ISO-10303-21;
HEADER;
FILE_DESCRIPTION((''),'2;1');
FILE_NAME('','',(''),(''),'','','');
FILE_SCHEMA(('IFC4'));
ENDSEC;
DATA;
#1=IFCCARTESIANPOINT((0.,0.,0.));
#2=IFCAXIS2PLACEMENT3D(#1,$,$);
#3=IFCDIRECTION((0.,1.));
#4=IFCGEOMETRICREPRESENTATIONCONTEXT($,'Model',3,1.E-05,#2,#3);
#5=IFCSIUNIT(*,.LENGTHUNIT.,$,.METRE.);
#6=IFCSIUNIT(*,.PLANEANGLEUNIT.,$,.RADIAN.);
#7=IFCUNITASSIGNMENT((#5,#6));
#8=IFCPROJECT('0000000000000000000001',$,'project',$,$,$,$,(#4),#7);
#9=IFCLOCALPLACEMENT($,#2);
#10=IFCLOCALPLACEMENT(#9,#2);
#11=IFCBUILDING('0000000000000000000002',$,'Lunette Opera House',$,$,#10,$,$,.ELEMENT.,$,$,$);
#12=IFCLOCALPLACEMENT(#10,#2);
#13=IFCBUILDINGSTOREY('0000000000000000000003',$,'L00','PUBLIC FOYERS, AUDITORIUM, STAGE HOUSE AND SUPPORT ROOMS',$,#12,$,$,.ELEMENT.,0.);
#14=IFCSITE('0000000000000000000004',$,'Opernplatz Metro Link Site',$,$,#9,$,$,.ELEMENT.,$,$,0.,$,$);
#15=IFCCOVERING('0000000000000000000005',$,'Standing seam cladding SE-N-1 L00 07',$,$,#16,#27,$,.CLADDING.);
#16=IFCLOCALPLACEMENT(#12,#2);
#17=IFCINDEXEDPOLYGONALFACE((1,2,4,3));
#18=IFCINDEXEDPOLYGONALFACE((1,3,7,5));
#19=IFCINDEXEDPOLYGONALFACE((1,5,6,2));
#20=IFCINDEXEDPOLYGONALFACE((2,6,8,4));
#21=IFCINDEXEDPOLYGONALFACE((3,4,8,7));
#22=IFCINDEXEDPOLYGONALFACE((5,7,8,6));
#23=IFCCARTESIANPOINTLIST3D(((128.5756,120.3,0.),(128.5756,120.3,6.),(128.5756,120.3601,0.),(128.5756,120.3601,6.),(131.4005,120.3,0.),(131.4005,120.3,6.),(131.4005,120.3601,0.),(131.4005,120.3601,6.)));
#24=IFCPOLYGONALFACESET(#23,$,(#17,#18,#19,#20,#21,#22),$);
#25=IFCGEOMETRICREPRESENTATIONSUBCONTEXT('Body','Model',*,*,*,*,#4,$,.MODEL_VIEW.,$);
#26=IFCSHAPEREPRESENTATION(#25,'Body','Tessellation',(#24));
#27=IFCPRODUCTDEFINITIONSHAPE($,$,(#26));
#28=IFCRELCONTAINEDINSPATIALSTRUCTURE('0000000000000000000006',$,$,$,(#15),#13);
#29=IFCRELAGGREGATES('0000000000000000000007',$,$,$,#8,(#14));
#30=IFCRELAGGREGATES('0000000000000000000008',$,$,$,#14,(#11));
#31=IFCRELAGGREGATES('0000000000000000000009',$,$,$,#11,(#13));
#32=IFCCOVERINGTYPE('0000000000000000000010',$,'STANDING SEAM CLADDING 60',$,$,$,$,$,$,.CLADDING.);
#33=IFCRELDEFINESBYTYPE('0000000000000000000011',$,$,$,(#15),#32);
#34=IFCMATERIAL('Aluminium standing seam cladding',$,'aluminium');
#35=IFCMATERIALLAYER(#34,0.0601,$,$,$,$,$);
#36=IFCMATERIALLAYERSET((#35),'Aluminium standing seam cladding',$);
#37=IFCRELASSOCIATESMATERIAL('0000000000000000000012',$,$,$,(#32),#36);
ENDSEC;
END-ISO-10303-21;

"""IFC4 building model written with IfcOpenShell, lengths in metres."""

from ifc_helpers import new_model, si_unit, direction, frame, origin, origin_2d, place, context, subcontext, project, spatial, rectangle, extrude, material, layer, layer_set, type_object, element, save


model = new_model("IFC4")

# Units and contexts
model_context = context("Model", 3, precision=1e-05, world=origin(), true_north=direction((0.0, 1.0)))
body_context = subcontext(model_context, "Body", "Model", "MODEL_VIEW")
ifc_project = project(units=[si_unit("LENGTHUNIT", "METRE"), si_unit("PLANEANGLEUNIT", "RADIAN")], contexts=[model_context])

# Site, building, storey
site_placement = place(None, origin())
site = spatial("IfcSite", under=ifc_project, at=site_placement, Name="Opernplatz Metro Link Site", CompositionType="ELEMENT", RefElevation=0.0)
building_placement = place(site_placement, origin())
building = spatial("IfcBuilding", under=site, at=building_placement, Name="Lunette Opera House", CompositionType="ELEMENT")
storey_placement = place(building_placement, origin())
storey = spatial("IfcBuildingStorey", under=building, at=storey_placement, Name="L00", Description="PUBLIC FOYERS, AUDITORIUM, STAGE HOUSE AND SUPPORT ROOMS", CompositionType="ELEMENT", Elevation=0.0)

# Covering
ifc_material_1 = material(Name="Aluminium standing seam cladding", Category="aluminium")
ifc_layer_1 = layer(ifc_material_1, 0.0601)
ifc_layer_set_1 = layer_set([ifc_layer_1], Name="Aluminium standing seam cladding")
covering_type_1 = type_object("IfcCoveringType", Name="STANDING SEAM CLADDING 60", PredefinedType="CLADDING", material=ifc_layer_set_1)
for number, where, z_axis, x_axis, name in (
    (1, (129.988, 120.3301, 0.0), (0.0, 0.0, 1.0), (1.0, 0.0, 0.0), "Standing seam cladding SE-N-1 L00 07"),
):
    element("IfcCovering", number, at=place(storey_placement, frame(where, z_axis=z_axis, x_axis=x_axis)), inside=storey, type_object=covering_type_1, Name=name, PredefinedType="CLADDING", context=body_context, shape_type="SweptSolid", body=[
        extrude(rectangle(XDim=2.825, YDim=0.0601, at=origin_2d()), origin(), (0.0, 0.0, 1.0), 6.0),
    ])

save(model, "model.ifc")
